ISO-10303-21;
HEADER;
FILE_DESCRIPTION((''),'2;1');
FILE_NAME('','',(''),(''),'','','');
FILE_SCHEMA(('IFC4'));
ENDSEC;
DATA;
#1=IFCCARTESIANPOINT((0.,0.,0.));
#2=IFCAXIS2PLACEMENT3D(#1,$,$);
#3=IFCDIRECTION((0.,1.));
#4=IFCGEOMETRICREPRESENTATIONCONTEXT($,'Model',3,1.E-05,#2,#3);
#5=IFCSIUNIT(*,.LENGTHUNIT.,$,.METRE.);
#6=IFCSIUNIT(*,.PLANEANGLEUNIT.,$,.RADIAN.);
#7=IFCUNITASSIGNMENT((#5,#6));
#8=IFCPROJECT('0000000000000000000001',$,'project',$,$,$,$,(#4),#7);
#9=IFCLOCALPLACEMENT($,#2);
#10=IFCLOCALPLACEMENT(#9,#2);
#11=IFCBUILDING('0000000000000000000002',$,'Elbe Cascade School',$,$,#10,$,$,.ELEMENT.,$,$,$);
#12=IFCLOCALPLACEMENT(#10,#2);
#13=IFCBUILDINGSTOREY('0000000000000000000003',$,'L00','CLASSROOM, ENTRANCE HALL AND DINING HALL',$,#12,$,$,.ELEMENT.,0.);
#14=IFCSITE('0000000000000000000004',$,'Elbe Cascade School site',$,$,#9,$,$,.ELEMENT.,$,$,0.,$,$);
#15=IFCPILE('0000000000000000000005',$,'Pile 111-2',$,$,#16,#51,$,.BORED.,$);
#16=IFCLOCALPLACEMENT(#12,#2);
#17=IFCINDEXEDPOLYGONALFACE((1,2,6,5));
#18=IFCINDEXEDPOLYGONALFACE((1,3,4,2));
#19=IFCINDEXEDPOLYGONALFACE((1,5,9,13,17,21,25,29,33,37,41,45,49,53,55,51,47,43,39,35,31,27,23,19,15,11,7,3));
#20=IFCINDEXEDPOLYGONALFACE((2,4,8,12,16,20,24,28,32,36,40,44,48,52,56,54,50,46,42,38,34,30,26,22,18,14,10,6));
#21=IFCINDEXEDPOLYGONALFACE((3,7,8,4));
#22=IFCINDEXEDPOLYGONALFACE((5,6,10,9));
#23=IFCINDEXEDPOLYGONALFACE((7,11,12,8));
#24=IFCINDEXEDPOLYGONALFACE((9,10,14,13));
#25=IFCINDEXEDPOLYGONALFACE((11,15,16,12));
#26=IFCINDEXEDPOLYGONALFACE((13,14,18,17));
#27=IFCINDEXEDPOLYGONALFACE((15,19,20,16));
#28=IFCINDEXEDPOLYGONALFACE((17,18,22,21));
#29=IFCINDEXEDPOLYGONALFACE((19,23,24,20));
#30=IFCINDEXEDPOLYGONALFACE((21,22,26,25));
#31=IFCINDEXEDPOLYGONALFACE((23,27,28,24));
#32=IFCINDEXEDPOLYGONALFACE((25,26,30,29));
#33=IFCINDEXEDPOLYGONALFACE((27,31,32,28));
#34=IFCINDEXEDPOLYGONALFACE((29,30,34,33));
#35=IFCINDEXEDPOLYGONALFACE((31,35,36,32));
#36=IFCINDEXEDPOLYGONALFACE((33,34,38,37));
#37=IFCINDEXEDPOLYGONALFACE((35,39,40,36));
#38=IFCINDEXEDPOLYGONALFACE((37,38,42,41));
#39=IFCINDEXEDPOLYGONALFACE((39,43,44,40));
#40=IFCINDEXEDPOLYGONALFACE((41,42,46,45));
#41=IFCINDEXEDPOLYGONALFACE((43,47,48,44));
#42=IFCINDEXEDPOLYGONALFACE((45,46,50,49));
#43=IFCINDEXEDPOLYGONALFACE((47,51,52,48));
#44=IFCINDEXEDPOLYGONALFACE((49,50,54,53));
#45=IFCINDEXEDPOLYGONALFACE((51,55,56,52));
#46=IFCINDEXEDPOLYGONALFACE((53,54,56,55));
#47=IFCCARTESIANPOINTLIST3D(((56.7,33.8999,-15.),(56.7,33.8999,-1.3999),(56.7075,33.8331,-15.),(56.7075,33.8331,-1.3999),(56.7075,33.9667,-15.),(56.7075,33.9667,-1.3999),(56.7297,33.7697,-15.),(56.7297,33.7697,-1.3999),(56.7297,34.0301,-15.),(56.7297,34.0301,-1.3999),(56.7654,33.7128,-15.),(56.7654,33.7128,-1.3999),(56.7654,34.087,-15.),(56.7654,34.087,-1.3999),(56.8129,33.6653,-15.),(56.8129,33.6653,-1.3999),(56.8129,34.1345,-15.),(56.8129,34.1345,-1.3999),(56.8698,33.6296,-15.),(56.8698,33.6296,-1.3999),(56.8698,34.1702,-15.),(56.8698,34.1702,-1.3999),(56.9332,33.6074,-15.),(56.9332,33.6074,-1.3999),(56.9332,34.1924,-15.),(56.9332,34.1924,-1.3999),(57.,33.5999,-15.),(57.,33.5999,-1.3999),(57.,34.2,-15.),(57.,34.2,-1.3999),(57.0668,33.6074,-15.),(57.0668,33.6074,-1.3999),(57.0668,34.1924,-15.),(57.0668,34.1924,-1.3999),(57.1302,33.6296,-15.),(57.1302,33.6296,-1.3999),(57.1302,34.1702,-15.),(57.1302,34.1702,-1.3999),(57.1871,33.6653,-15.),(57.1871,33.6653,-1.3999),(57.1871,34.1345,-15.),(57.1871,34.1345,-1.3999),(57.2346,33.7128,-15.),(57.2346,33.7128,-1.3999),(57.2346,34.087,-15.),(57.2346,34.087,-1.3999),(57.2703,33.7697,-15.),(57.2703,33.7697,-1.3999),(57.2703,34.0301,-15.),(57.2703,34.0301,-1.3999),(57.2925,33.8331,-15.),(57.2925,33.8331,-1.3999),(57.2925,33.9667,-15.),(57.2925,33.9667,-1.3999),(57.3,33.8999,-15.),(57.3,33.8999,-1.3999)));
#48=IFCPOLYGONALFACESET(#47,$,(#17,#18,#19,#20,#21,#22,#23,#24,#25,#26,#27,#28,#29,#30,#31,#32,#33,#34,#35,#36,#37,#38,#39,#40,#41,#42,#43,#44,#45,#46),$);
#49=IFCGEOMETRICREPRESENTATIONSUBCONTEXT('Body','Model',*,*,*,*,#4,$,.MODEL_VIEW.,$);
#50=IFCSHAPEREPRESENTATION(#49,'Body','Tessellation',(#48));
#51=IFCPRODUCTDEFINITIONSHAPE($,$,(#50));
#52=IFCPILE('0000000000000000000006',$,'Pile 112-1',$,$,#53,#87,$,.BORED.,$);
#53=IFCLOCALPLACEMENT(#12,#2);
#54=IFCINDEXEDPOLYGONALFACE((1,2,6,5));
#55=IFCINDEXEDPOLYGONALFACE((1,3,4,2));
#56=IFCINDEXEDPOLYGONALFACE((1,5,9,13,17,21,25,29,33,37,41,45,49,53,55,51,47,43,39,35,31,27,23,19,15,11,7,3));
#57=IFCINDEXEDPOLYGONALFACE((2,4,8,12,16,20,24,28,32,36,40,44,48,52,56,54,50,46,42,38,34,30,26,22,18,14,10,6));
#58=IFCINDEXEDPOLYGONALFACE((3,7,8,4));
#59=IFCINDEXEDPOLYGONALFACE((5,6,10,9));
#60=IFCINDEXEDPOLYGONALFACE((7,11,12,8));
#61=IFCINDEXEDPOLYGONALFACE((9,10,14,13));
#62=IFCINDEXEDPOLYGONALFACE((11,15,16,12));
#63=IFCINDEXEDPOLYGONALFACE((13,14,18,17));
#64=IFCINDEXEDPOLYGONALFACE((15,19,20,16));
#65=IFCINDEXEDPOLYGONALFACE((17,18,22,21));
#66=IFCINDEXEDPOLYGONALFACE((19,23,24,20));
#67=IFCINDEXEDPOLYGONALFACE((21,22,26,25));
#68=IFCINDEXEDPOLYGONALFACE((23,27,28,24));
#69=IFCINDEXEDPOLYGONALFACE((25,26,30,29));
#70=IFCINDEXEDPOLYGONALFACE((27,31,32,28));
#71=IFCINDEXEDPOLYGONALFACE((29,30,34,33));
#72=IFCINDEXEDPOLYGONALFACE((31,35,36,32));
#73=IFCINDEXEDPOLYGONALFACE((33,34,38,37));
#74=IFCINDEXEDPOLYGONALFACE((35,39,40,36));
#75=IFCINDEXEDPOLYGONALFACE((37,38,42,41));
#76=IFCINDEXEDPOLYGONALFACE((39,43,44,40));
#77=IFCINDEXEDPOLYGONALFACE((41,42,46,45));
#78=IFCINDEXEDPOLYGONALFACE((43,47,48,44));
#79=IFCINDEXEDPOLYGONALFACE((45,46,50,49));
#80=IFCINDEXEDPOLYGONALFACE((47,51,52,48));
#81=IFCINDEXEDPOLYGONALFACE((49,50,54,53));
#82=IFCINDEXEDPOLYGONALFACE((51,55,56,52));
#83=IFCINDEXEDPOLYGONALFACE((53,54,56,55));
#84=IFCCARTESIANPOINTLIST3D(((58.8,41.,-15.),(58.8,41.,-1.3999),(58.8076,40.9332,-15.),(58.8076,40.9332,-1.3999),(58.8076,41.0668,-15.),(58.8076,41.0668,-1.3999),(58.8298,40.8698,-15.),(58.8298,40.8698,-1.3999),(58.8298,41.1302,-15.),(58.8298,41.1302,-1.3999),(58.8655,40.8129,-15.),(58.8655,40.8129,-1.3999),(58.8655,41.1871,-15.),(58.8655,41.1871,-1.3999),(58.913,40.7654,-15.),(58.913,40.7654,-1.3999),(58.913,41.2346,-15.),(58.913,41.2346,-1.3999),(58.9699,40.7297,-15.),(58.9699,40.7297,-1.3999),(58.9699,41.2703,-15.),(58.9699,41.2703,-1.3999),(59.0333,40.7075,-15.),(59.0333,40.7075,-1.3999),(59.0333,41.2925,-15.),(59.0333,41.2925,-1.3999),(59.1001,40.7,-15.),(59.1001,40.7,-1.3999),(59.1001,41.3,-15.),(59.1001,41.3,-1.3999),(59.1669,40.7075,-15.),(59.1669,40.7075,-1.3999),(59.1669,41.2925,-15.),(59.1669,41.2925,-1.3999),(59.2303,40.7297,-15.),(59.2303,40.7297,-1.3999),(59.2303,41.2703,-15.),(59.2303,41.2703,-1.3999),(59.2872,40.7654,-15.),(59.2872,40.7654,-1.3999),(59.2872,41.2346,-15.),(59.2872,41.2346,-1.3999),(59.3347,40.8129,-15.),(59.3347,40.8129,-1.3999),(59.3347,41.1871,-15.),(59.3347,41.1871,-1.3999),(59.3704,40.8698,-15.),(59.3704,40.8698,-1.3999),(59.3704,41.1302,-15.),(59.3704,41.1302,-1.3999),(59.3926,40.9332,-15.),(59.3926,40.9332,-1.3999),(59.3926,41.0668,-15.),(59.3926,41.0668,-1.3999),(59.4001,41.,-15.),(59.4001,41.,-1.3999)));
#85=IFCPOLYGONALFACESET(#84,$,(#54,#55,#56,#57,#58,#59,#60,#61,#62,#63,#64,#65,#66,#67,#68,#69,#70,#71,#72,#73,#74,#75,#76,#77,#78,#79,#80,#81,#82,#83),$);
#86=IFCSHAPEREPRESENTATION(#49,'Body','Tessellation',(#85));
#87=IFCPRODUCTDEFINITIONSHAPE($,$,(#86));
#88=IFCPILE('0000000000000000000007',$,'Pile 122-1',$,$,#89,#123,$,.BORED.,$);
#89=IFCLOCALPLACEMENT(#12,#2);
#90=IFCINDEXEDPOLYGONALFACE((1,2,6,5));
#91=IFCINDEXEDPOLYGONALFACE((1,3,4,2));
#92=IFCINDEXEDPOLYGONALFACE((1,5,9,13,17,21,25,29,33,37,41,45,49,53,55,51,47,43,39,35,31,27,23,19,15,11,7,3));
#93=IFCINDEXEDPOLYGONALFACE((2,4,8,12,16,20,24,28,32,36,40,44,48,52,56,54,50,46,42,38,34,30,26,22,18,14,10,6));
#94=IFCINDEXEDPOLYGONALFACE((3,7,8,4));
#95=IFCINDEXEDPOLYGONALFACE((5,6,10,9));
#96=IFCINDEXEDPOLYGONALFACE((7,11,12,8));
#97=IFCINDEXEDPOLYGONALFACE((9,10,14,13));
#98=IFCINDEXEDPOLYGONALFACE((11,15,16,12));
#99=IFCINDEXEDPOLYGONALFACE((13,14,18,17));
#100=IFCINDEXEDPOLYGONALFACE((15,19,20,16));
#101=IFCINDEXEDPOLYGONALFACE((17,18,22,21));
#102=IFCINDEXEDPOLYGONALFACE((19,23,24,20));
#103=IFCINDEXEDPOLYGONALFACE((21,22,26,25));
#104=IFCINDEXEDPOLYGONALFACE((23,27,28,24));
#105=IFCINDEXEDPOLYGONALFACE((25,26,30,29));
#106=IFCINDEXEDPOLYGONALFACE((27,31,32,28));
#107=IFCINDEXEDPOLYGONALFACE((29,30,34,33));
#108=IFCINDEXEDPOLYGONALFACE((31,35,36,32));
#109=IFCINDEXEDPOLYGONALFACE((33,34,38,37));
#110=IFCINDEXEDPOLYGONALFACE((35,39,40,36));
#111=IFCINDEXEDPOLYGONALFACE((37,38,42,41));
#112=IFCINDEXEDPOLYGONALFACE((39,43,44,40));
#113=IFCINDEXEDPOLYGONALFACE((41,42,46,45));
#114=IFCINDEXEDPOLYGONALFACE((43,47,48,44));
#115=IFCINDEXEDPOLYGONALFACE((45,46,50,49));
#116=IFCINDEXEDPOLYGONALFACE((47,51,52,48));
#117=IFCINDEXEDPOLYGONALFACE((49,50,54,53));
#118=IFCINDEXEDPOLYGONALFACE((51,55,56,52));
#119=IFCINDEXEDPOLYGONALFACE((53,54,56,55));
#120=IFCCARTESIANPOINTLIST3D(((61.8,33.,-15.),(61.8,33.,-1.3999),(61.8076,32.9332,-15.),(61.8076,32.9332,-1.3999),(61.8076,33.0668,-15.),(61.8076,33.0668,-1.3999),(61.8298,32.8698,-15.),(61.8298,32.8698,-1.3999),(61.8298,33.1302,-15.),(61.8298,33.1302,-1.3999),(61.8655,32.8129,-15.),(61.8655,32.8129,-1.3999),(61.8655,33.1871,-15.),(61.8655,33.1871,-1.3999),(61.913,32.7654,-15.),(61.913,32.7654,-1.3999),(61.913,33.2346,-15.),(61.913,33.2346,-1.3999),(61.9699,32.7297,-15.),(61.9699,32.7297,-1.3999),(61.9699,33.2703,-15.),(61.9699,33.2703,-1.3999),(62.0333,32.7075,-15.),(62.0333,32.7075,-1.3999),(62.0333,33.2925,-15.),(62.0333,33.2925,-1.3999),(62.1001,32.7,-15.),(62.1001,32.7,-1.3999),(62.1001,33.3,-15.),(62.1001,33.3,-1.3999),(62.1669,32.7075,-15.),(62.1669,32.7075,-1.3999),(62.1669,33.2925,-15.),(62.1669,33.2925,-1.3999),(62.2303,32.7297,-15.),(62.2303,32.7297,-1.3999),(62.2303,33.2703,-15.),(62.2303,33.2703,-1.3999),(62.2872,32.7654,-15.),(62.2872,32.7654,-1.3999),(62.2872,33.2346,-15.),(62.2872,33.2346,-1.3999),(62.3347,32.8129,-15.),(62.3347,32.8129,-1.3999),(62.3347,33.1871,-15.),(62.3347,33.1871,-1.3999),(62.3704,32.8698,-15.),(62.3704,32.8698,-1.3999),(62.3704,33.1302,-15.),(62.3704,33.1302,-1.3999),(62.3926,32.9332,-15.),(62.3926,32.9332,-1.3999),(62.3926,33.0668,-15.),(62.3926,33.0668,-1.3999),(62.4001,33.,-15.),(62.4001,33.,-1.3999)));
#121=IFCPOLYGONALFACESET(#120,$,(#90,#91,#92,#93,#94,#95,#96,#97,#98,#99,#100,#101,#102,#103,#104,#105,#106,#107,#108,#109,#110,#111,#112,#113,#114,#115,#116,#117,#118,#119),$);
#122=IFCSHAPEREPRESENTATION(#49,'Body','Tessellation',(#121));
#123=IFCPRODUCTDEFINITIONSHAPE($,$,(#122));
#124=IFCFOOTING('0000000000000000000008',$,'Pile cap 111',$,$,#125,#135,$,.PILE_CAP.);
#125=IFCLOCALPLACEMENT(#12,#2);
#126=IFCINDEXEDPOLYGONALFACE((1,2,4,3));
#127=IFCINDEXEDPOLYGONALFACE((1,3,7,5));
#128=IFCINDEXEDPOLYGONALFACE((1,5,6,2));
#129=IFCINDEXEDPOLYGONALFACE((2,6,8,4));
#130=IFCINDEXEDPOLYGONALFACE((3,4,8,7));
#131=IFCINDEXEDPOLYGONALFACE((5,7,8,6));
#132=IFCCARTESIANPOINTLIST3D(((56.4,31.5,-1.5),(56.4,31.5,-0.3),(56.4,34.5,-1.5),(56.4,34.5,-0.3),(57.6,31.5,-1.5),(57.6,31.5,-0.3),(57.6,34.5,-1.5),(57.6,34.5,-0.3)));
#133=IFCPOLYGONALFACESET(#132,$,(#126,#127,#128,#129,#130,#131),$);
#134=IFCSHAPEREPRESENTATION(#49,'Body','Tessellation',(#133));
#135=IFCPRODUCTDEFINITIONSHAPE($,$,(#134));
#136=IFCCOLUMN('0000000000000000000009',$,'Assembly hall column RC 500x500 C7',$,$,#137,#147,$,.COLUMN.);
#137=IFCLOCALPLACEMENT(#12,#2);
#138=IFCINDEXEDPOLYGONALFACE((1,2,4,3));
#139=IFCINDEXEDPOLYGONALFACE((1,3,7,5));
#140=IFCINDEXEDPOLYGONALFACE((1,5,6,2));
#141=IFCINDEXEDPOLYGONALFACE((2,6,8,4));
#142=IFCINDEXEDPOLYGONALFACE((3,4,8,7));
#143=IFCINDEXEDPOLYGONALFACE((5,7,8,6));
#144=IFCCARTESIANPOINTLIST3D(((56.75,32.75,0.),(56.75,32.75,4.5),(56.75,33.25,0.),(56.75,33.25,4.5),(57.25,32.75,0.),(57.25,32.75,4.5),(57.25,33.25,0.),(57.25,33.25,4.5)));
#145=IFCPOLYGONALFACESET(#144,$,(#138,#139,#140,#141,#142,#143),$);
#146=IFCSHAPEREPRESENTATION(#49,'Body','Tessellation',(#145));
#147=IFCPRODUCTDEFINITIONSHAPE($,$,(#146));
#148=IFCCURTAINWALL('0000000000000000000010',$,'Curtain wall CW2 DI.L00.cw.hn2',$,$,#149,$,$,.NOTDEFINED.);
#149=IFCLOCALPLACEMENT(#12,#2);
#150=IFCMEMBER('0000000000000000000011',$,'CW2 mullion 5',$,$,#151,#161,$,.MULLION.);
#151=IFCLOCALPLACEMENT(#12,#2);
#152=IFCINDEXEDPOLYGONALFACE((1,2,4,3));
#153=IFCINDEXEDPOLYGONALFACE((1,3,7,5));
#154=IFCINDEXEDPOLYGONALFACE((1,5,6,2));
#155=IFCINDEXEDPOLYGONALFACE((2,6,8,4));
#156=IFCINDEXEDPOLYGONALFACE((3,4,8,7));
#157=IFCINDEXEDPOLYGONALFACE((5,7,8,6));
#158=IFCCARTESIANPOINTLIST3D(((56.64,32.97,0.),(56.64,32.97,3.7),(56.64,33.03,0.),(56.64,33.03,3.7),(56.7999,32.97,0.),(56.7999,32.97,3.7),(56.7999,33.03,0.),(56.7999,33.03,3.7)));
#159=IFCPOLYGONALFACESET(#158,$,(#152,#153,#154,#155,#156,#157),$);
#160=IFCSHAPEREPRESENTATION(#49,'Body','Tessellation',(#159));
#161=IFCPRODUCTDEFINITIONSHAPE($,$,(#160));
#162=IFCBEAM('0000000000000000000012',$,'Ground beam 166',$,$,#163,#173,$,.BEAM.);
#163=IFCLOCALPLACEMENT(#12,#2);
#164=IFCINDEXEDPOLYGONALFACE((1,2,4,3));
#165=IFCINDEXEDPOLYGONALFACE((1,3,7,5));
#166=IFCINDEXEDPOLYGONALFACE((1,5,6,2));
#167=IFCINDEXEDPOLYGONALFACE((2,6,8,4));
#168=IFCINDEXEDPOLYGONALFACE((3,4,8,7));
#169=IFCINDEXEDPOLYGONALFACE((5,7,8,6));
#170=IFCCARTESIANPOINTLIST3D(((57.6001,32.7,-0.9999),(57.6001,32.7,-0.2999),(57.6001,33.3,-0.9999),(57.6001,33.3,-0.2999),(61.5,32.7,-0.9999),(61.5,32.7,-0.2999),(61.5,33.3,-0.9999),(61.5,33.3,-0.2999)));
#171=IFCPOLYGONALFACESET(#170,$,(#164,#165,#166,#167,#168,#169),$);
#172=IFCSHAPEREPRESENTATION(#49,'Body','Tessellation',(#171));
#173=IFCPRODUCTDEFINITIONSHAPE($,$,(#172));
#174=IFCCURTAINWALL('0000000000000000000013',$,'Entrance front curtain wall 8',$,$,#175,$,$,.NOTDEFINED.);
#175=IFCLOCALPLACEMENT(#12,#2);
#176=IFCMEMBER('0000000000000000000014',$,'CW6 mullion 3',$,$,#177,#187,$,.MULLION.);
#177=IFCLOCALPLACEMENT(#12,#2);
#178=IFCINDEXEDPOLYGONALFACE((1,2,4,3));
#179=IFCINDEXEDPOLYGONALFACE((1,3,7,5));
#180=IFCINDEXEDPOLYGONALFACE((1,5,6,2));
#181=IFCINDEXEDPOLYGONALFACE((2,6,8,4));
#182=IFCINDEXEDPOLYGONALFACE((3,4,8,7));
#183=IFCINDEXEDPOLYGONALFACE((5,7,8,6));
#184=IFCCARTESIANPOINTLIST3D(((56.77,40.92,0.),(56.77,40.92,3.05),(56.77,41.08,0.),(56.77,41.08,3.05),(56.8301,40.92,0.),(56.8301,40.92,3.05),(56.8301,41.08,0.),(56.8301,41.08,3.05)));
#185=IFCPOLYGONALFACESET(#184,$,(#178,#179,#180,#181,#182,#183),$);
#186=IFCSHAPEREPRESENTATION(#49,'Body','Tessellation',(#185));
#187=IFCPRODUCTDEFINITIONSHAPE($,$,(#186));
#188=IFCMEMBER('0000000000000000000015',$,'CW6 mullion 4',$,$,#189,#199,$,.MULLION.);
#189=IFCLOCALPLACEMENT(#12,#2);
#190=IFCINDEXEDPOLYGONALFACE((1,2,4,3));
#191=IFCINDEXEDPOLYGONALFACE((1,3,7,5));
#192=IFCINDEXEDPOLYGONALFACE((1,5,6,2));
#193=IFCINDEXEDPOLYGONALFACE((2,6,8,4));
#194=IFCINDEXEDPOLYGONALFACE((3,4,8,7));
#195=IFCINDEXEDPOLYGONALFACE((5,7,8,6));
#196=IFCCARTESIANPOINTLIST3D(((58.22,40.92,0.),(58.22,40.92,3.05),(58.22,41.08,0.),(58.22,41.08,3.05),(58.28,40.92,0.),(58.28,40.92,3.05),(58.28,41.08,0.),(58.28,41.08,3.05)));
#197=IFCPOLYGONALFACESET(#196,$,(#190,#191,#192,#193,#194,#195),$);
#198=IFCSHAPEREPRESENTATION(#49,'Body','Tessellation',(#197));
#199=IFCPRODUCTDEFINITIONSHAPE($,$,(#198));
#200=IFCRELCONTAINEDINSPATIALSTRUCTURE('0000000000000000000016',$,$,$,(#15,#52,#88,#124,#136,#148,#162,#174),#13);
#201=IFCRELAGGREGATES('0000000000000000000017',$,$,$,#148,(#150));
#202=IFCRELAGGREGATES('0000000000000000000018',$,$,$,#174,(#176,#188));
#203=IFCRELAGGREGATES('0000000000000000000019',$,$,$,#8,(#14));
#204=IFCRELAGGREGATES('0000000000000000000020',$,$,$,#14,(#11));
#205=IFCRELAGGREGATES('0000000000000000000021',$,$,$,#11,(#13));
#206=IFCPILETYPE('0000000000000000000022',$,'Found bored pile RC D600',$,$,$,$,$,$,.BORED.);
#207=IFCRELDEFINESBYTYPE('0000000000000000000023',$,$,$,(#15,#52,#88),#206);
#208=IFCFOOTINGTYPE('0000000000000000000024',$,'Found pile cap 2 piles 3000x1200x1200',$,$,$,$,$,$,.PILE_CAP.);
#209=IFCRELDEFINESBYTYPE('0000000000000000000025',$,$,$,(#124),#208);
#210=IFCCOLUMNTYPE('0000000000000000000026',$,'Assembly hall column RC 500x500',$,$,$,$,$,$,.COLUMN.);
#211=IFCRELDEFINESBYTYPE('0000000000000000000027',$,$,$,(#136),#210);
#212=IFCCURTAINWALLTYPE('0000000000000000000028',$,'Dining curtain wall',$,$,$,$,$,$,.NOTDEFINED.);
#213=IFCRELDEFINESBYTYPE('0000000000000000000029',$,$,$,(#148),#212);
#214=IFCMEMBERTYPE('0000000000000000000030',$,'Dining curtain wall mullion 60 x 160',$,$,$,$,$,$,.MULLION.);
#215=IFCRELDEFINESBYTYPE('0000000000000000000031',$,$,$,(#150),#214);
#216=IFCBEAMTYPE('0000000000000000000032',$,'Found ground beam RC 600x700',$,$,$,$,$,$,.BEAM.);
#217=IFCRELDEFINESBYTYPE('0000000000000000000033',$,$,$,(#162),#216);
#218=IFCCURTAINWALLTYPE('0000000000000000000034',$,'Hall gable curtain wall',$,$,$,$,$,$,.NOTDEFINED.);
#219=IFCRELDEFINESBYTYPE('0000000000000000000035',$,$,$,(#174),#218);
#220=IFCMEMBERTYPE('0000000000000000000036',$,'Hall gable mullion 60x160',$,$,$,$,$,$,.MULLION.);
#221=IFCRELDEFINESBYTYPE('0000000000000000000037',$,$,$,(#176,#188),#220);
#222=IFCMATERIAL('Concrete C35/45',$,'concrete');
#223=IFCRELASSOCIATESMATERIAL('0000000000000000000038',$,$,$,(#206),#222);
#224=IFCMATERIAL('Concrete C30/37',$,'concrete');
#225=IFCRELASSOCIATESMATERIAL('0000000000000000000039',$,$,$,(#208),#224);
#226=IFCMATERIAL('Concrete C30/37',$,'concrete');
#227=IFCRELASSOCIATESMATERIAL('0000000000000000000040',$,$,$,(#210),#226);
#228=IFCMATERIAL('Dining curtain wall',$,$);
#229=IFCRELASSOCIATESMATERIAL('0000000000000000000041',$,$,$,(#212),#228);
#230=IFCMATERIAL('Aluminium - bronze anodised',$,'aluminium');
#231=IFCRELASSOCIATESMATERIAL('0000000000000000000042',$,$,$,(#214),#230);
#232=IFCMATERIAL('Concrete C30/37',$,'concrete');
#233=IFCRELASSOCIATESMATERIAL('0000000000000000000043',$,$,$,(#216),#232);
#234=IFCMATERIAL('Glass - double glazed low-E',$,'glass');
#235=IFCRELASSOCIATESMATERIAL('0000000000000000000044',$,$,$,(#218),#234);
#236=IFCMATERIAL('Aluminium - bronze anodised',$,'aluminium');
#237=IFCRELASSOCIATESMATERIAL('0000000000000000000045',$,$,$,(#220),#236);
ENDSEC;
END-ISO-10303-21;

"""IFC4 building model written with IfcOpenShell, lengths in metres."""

from ifc_helpers import new_model, si_unit, direction, frame, origin, origin_2d, place, context, subcontext, project, spatial, rectangle, circle, extrude, material, material_profile, profile_set, type_object, element, aggregate, save


model = new_model("IFC4")

# Units and contexts
model_context = context("Model", 3, precision=1e-05, world=origin(), true_north=direction((0.0, 1.0)))
body_context = subcontext(model_context, "Body", "Model", "MODEL_VIEW")
ifc_project = project(units=[si_unit("LENGTHUNIT", "METRE"), si_unit("PLANEANGLEUNIT", "RADIAN")], contexts=[model_context])

# Site, building, storey
site_placement = place(None, origin())
site = spatial("IfcSite", under=ifc_project, at=site_placement, Name="Elbe Cascade School site", CompositionType="ELEMENT", RefElevation=0.0)
building_placement = place(site_placement, origin())
building = spatial("IfcBuilding", under=site, at=building_placement, Name="Elbe Cascade School", CompositionType="ELEMENT")
storey_placement = place(building_placement, origin())
storey = spatial("IfcBuildingStorey", under=building, at=storey_placement, Name="L00", Description="CLASSROOM, ENTRANCE HALL AND DINING HALL", CompositionType="ELEMENT", Elevation=0.0)

# Piles
ifc_material_1 = material(Name="Concrete C35/45", Category="concrete")
ifc_material_profile_1 = material_profile(ifc_material_1, circle(Radius=0.3, at=origin_2d()), Name="RC D600")
ifc_profile_set_1 = profile_set([ifc_material_profile_1], Name="Concrete C35/45")
pile_type = type_object("IfcPileType", Name="Found bored pile RC D600", PredefinedType="BORED", material=ifc_profile_set_1)
for number, where, z_axis, x_axis, name in (
    (1, (57.0, 33.8999, -1.3999), (0.0, 0.0, -1.0), (1.0, 0.0, 0.0), "Pile 111-2"),
    (2, (59.1001, 41.0, -1.3999), (0.0, 0.0, -1.0), (1.0, 0.0, 0.0), "Pile 112-1"),
    (3, (62.1001, 33.0, -1.3999), (0.0, 0.0, -1.0), (1.0, 0.0, 0.0), "Pile 122-1"),
):
    element("IfcPile", number, at=place(storey_placement, frame(where, z_axis=z_axis, x_axis=x_axis)), inside=storey, type_object=pile_type, Name=name, PredefinedType="BORED", context=body_context, shape_type="SweptSolid", body=[
        extrude(circle(Radius=0.3, at=origin_2d()), origin(), (0.0, 0.0, 1.0), 13.6001),
    ])

# Footing
ifc_material_2 = material(Name="Concrete C30/37", Category="concrete")
footing_type = type_object("IfcFootingType", Name="Found pile cap 2 piles 3000x1200x1200", PredefinedType="PILE_CAP", material=ifc_material_2)
footing_placement = place(storey_placement, frame((57.0, 33.0, -1.5), z_axis=(0.0, 0.0, 1.0), x_axis=(1.0, 0.0, 0.0)))
element("IfcFooting", 4, at=footing_placement, inside=storey, type_object=footing_type, Name="Pile cap 111", PredefinedType="PILE_CAP", context=body_context, shape_type="SweptSolid", body=[
    extrude(rectangle(XDim=1.2, YDim=3.0, at=origin_2d()), origin(), (0.0, 0.0, 1.0), 1.2),
])

# Column
ifc_material_3 = material(Name="Concrete C30/37", Category="concrete")
ifc_material_profile_2 = material_profile(ifc_material_3, rectangle(XDim=0.5, YDim=0.5, at=origin_2d()), Name="RC 500x500")
ifc_profile_set_2 = profile_set([ifc_material_profile_2], Name="Concrete C30/37")
column_type = type_object("IfcColumnType", Name="Assembly hall column RC 500x500", PredefinedType="COLUMN", material=ifc_profile_set_2)
column_placement = place(storey_placement, frame((57.0, 33.0, 0.0), z_axis=(0.0, 0.0, 1.0), x_axis=(1.0, 0.0, 0.0)))
element("IfcColumn", 5, at=column_placement, inside=storey, type_object=column_type, Name="Assembly hall column RC 500x500 C7", PredefinedType="COLUMN", context=body_context, shape_type="SweptSolid", body=[
    extrude(rectangle(XDim=0.5, YDim=0.5, at=origin_2d()), origin(), (0.0, 0.0, 1.0), 4.5),
])

# Curtain wall, member
ifc_material_4 = material(Name="Dining curtain wall")
curtain_wall_type_1 = type_object("IfcCurtainWallType", Name="Dining curtain wall", PredefinedType="NOTDEFINED", material=ifc_material_4)
curtain_wall_1_placement = place(storey_placement, origin())
curtain_wall_1 = element("IfcCurtainWall", 6, at=curtain_wall_1_placement, inside=storey, type_object=curtain_wall_type_1, Name="Curtain wall CW2 DI.L00.cw.hn2", PredefinedType="NOTDEFINED")
ifc_material_5 = material(Name="Aluminium - bronze anodised", Category="aluminium")
ifc_material_profile_3 = material_profile(ifc_material_5, rectangle(XDim=0.0601, YDim=0.1599, at=origin_2d()), Name="RECT 60x160")
ifc_profile_set_3 = profile_set([ifc_material_profile_3], Name="Aluminium - bronze anodised")
member_type_1 = type_object("IfcMemberType", Name="Dining curtain wall mullion 60 x 160", PredefinedType="MULLION", material=ifc_profile_set_3)
member_1_placement = place(storey_placement, frame((56.72, 33.0, 0.0), z_axis=(0.0, 0.0, 1.0), x_axis=(0.0, 1.0, 0.0)))
member_1 = element("IfcMember", 7, at=member_1_placement, type_object=member_type_1, Name="CW2 mullion 5", PredefinedType="MULLION", context=body_context, shape_type="SweptSolid", body=[
    extrude(rectangle(XDim=0.0601, YDim=0.1599, at=origin_2d()), origin(), (0.0, 0.0, 1.0), 3.7),
])
aggregate(curtain_wall_1, [member_1])

# Beam
ifc_material_6 = material(Name="Concrete C30/37", Category="concrete")
ifc_material_profile_4 = material_profile(ifc_material_6, rectangle(XDim=0.6001, YDim=0.7, at=origin_2d()), Name="RC 600x700")
ifc_profile_set_4 = profile_set([ifc_material_profile_4], Name="Concrete C30/37")
beam_type = type_object("IfcBeamType", Name="Found ground beam RC 600x700", PredefinedType="BEAM", material=ifc_profile_set_4)
beam_placement = place(storey_placement, frame((57.6001, 33.0, -0.6499), z_axis=(1.0, 0.0, 0.0), x_axis=(0.0, 1.0, 0.0)))
element("IfcBeam", 8, at=beam_placement, inside=storey, type_object=beam_type, Name="Ground beam 166", PredefinedType="BEAM", context=body_context, shape_type="SweptSolid", body=[
    extrude(rectangle(XDim=0.6001, YDim=0.7, at=origin_2d()), origin(), (0.0, 0.0, 1.0), 3.8999),
])

# Curtain wall, members
ifc_material_7 = material(Name="Glass - double glazed low-E", Category="glass")
curtain_wall_type_2 = type_object("IfcCurtainWallType", Name="Hall gable curtain wall", PredefinedType="NOTDEFINED", material=ifc_material_7)
curtain_wall_2_placement = place(storey_placement, origin())
curtain_wall_2 = element("IfcCurtainWall", 9, at=curtain_wall_2_placement, inside=storey, type_object=curtain_wall_type_2, Name="Entrance front curtain wall 8", PredefinedType="NOTDEFINED")
ifc_material_8 = material(Name="Aluminium - bronze anodised", Category="aluminium")
ifc_material_profile_5 = material_profile(ifc_material_8, rectangle(XDim=0.1599, YDim=0.0601, at=origin_2d()), Name="Alu 60x160")
ifc_profile_set_5 = profile_set([ifc_material_profile_5], Name="Aluminium - bronze anodised")
member_type_2 = type_object("IfcMemberType", Name="Hall gable mullion 60x160", PredefinedType="MULLION", material=ifc_profile_set_5)
member_2_placement = place(storey_placement, frame((56.8, 41.0, 0.0), z_axis=(0.0, 0.0, 1.0), x_axis=(0.0, 1.0, 0.0)))
member_2 = element("IfcMember", 10, at=member_2_placement, type_object=member_type_2, Name="CW6 mullion 3", PredefinedType="MULLION", context=body_context, shape_type="SweptSolid", body=[
    extrude(rectangle(XDim=0.1599, YDim=0.0601, at=origin_2d()), origin(), (0.0, 0.0, 1.0), 3.05),
])
member_3_placement = place(storey_placement, frame((58.25, 41.0, 0.0), z_axis=(0.0, 0.0, 1.0), x_axis=(0.0, 1.0, 0.0)))
member_3 = element("IfcMember", 11, at=member_3_placement, type_object=member_type_2, Name="CW6 mullion 4", PredefinedType="MULLION", context=body_context, shape_type="SweptSolid", body=[
    extrude(rectangle(XDim=0.1599, YDim=0.0601, at=origin_2d()), origin(), (0.0, 0.0, 1.0), 3.05),
])
aggregate(curtain_wall_2, [member_2, member_3])

save(model, "model.ifc")
